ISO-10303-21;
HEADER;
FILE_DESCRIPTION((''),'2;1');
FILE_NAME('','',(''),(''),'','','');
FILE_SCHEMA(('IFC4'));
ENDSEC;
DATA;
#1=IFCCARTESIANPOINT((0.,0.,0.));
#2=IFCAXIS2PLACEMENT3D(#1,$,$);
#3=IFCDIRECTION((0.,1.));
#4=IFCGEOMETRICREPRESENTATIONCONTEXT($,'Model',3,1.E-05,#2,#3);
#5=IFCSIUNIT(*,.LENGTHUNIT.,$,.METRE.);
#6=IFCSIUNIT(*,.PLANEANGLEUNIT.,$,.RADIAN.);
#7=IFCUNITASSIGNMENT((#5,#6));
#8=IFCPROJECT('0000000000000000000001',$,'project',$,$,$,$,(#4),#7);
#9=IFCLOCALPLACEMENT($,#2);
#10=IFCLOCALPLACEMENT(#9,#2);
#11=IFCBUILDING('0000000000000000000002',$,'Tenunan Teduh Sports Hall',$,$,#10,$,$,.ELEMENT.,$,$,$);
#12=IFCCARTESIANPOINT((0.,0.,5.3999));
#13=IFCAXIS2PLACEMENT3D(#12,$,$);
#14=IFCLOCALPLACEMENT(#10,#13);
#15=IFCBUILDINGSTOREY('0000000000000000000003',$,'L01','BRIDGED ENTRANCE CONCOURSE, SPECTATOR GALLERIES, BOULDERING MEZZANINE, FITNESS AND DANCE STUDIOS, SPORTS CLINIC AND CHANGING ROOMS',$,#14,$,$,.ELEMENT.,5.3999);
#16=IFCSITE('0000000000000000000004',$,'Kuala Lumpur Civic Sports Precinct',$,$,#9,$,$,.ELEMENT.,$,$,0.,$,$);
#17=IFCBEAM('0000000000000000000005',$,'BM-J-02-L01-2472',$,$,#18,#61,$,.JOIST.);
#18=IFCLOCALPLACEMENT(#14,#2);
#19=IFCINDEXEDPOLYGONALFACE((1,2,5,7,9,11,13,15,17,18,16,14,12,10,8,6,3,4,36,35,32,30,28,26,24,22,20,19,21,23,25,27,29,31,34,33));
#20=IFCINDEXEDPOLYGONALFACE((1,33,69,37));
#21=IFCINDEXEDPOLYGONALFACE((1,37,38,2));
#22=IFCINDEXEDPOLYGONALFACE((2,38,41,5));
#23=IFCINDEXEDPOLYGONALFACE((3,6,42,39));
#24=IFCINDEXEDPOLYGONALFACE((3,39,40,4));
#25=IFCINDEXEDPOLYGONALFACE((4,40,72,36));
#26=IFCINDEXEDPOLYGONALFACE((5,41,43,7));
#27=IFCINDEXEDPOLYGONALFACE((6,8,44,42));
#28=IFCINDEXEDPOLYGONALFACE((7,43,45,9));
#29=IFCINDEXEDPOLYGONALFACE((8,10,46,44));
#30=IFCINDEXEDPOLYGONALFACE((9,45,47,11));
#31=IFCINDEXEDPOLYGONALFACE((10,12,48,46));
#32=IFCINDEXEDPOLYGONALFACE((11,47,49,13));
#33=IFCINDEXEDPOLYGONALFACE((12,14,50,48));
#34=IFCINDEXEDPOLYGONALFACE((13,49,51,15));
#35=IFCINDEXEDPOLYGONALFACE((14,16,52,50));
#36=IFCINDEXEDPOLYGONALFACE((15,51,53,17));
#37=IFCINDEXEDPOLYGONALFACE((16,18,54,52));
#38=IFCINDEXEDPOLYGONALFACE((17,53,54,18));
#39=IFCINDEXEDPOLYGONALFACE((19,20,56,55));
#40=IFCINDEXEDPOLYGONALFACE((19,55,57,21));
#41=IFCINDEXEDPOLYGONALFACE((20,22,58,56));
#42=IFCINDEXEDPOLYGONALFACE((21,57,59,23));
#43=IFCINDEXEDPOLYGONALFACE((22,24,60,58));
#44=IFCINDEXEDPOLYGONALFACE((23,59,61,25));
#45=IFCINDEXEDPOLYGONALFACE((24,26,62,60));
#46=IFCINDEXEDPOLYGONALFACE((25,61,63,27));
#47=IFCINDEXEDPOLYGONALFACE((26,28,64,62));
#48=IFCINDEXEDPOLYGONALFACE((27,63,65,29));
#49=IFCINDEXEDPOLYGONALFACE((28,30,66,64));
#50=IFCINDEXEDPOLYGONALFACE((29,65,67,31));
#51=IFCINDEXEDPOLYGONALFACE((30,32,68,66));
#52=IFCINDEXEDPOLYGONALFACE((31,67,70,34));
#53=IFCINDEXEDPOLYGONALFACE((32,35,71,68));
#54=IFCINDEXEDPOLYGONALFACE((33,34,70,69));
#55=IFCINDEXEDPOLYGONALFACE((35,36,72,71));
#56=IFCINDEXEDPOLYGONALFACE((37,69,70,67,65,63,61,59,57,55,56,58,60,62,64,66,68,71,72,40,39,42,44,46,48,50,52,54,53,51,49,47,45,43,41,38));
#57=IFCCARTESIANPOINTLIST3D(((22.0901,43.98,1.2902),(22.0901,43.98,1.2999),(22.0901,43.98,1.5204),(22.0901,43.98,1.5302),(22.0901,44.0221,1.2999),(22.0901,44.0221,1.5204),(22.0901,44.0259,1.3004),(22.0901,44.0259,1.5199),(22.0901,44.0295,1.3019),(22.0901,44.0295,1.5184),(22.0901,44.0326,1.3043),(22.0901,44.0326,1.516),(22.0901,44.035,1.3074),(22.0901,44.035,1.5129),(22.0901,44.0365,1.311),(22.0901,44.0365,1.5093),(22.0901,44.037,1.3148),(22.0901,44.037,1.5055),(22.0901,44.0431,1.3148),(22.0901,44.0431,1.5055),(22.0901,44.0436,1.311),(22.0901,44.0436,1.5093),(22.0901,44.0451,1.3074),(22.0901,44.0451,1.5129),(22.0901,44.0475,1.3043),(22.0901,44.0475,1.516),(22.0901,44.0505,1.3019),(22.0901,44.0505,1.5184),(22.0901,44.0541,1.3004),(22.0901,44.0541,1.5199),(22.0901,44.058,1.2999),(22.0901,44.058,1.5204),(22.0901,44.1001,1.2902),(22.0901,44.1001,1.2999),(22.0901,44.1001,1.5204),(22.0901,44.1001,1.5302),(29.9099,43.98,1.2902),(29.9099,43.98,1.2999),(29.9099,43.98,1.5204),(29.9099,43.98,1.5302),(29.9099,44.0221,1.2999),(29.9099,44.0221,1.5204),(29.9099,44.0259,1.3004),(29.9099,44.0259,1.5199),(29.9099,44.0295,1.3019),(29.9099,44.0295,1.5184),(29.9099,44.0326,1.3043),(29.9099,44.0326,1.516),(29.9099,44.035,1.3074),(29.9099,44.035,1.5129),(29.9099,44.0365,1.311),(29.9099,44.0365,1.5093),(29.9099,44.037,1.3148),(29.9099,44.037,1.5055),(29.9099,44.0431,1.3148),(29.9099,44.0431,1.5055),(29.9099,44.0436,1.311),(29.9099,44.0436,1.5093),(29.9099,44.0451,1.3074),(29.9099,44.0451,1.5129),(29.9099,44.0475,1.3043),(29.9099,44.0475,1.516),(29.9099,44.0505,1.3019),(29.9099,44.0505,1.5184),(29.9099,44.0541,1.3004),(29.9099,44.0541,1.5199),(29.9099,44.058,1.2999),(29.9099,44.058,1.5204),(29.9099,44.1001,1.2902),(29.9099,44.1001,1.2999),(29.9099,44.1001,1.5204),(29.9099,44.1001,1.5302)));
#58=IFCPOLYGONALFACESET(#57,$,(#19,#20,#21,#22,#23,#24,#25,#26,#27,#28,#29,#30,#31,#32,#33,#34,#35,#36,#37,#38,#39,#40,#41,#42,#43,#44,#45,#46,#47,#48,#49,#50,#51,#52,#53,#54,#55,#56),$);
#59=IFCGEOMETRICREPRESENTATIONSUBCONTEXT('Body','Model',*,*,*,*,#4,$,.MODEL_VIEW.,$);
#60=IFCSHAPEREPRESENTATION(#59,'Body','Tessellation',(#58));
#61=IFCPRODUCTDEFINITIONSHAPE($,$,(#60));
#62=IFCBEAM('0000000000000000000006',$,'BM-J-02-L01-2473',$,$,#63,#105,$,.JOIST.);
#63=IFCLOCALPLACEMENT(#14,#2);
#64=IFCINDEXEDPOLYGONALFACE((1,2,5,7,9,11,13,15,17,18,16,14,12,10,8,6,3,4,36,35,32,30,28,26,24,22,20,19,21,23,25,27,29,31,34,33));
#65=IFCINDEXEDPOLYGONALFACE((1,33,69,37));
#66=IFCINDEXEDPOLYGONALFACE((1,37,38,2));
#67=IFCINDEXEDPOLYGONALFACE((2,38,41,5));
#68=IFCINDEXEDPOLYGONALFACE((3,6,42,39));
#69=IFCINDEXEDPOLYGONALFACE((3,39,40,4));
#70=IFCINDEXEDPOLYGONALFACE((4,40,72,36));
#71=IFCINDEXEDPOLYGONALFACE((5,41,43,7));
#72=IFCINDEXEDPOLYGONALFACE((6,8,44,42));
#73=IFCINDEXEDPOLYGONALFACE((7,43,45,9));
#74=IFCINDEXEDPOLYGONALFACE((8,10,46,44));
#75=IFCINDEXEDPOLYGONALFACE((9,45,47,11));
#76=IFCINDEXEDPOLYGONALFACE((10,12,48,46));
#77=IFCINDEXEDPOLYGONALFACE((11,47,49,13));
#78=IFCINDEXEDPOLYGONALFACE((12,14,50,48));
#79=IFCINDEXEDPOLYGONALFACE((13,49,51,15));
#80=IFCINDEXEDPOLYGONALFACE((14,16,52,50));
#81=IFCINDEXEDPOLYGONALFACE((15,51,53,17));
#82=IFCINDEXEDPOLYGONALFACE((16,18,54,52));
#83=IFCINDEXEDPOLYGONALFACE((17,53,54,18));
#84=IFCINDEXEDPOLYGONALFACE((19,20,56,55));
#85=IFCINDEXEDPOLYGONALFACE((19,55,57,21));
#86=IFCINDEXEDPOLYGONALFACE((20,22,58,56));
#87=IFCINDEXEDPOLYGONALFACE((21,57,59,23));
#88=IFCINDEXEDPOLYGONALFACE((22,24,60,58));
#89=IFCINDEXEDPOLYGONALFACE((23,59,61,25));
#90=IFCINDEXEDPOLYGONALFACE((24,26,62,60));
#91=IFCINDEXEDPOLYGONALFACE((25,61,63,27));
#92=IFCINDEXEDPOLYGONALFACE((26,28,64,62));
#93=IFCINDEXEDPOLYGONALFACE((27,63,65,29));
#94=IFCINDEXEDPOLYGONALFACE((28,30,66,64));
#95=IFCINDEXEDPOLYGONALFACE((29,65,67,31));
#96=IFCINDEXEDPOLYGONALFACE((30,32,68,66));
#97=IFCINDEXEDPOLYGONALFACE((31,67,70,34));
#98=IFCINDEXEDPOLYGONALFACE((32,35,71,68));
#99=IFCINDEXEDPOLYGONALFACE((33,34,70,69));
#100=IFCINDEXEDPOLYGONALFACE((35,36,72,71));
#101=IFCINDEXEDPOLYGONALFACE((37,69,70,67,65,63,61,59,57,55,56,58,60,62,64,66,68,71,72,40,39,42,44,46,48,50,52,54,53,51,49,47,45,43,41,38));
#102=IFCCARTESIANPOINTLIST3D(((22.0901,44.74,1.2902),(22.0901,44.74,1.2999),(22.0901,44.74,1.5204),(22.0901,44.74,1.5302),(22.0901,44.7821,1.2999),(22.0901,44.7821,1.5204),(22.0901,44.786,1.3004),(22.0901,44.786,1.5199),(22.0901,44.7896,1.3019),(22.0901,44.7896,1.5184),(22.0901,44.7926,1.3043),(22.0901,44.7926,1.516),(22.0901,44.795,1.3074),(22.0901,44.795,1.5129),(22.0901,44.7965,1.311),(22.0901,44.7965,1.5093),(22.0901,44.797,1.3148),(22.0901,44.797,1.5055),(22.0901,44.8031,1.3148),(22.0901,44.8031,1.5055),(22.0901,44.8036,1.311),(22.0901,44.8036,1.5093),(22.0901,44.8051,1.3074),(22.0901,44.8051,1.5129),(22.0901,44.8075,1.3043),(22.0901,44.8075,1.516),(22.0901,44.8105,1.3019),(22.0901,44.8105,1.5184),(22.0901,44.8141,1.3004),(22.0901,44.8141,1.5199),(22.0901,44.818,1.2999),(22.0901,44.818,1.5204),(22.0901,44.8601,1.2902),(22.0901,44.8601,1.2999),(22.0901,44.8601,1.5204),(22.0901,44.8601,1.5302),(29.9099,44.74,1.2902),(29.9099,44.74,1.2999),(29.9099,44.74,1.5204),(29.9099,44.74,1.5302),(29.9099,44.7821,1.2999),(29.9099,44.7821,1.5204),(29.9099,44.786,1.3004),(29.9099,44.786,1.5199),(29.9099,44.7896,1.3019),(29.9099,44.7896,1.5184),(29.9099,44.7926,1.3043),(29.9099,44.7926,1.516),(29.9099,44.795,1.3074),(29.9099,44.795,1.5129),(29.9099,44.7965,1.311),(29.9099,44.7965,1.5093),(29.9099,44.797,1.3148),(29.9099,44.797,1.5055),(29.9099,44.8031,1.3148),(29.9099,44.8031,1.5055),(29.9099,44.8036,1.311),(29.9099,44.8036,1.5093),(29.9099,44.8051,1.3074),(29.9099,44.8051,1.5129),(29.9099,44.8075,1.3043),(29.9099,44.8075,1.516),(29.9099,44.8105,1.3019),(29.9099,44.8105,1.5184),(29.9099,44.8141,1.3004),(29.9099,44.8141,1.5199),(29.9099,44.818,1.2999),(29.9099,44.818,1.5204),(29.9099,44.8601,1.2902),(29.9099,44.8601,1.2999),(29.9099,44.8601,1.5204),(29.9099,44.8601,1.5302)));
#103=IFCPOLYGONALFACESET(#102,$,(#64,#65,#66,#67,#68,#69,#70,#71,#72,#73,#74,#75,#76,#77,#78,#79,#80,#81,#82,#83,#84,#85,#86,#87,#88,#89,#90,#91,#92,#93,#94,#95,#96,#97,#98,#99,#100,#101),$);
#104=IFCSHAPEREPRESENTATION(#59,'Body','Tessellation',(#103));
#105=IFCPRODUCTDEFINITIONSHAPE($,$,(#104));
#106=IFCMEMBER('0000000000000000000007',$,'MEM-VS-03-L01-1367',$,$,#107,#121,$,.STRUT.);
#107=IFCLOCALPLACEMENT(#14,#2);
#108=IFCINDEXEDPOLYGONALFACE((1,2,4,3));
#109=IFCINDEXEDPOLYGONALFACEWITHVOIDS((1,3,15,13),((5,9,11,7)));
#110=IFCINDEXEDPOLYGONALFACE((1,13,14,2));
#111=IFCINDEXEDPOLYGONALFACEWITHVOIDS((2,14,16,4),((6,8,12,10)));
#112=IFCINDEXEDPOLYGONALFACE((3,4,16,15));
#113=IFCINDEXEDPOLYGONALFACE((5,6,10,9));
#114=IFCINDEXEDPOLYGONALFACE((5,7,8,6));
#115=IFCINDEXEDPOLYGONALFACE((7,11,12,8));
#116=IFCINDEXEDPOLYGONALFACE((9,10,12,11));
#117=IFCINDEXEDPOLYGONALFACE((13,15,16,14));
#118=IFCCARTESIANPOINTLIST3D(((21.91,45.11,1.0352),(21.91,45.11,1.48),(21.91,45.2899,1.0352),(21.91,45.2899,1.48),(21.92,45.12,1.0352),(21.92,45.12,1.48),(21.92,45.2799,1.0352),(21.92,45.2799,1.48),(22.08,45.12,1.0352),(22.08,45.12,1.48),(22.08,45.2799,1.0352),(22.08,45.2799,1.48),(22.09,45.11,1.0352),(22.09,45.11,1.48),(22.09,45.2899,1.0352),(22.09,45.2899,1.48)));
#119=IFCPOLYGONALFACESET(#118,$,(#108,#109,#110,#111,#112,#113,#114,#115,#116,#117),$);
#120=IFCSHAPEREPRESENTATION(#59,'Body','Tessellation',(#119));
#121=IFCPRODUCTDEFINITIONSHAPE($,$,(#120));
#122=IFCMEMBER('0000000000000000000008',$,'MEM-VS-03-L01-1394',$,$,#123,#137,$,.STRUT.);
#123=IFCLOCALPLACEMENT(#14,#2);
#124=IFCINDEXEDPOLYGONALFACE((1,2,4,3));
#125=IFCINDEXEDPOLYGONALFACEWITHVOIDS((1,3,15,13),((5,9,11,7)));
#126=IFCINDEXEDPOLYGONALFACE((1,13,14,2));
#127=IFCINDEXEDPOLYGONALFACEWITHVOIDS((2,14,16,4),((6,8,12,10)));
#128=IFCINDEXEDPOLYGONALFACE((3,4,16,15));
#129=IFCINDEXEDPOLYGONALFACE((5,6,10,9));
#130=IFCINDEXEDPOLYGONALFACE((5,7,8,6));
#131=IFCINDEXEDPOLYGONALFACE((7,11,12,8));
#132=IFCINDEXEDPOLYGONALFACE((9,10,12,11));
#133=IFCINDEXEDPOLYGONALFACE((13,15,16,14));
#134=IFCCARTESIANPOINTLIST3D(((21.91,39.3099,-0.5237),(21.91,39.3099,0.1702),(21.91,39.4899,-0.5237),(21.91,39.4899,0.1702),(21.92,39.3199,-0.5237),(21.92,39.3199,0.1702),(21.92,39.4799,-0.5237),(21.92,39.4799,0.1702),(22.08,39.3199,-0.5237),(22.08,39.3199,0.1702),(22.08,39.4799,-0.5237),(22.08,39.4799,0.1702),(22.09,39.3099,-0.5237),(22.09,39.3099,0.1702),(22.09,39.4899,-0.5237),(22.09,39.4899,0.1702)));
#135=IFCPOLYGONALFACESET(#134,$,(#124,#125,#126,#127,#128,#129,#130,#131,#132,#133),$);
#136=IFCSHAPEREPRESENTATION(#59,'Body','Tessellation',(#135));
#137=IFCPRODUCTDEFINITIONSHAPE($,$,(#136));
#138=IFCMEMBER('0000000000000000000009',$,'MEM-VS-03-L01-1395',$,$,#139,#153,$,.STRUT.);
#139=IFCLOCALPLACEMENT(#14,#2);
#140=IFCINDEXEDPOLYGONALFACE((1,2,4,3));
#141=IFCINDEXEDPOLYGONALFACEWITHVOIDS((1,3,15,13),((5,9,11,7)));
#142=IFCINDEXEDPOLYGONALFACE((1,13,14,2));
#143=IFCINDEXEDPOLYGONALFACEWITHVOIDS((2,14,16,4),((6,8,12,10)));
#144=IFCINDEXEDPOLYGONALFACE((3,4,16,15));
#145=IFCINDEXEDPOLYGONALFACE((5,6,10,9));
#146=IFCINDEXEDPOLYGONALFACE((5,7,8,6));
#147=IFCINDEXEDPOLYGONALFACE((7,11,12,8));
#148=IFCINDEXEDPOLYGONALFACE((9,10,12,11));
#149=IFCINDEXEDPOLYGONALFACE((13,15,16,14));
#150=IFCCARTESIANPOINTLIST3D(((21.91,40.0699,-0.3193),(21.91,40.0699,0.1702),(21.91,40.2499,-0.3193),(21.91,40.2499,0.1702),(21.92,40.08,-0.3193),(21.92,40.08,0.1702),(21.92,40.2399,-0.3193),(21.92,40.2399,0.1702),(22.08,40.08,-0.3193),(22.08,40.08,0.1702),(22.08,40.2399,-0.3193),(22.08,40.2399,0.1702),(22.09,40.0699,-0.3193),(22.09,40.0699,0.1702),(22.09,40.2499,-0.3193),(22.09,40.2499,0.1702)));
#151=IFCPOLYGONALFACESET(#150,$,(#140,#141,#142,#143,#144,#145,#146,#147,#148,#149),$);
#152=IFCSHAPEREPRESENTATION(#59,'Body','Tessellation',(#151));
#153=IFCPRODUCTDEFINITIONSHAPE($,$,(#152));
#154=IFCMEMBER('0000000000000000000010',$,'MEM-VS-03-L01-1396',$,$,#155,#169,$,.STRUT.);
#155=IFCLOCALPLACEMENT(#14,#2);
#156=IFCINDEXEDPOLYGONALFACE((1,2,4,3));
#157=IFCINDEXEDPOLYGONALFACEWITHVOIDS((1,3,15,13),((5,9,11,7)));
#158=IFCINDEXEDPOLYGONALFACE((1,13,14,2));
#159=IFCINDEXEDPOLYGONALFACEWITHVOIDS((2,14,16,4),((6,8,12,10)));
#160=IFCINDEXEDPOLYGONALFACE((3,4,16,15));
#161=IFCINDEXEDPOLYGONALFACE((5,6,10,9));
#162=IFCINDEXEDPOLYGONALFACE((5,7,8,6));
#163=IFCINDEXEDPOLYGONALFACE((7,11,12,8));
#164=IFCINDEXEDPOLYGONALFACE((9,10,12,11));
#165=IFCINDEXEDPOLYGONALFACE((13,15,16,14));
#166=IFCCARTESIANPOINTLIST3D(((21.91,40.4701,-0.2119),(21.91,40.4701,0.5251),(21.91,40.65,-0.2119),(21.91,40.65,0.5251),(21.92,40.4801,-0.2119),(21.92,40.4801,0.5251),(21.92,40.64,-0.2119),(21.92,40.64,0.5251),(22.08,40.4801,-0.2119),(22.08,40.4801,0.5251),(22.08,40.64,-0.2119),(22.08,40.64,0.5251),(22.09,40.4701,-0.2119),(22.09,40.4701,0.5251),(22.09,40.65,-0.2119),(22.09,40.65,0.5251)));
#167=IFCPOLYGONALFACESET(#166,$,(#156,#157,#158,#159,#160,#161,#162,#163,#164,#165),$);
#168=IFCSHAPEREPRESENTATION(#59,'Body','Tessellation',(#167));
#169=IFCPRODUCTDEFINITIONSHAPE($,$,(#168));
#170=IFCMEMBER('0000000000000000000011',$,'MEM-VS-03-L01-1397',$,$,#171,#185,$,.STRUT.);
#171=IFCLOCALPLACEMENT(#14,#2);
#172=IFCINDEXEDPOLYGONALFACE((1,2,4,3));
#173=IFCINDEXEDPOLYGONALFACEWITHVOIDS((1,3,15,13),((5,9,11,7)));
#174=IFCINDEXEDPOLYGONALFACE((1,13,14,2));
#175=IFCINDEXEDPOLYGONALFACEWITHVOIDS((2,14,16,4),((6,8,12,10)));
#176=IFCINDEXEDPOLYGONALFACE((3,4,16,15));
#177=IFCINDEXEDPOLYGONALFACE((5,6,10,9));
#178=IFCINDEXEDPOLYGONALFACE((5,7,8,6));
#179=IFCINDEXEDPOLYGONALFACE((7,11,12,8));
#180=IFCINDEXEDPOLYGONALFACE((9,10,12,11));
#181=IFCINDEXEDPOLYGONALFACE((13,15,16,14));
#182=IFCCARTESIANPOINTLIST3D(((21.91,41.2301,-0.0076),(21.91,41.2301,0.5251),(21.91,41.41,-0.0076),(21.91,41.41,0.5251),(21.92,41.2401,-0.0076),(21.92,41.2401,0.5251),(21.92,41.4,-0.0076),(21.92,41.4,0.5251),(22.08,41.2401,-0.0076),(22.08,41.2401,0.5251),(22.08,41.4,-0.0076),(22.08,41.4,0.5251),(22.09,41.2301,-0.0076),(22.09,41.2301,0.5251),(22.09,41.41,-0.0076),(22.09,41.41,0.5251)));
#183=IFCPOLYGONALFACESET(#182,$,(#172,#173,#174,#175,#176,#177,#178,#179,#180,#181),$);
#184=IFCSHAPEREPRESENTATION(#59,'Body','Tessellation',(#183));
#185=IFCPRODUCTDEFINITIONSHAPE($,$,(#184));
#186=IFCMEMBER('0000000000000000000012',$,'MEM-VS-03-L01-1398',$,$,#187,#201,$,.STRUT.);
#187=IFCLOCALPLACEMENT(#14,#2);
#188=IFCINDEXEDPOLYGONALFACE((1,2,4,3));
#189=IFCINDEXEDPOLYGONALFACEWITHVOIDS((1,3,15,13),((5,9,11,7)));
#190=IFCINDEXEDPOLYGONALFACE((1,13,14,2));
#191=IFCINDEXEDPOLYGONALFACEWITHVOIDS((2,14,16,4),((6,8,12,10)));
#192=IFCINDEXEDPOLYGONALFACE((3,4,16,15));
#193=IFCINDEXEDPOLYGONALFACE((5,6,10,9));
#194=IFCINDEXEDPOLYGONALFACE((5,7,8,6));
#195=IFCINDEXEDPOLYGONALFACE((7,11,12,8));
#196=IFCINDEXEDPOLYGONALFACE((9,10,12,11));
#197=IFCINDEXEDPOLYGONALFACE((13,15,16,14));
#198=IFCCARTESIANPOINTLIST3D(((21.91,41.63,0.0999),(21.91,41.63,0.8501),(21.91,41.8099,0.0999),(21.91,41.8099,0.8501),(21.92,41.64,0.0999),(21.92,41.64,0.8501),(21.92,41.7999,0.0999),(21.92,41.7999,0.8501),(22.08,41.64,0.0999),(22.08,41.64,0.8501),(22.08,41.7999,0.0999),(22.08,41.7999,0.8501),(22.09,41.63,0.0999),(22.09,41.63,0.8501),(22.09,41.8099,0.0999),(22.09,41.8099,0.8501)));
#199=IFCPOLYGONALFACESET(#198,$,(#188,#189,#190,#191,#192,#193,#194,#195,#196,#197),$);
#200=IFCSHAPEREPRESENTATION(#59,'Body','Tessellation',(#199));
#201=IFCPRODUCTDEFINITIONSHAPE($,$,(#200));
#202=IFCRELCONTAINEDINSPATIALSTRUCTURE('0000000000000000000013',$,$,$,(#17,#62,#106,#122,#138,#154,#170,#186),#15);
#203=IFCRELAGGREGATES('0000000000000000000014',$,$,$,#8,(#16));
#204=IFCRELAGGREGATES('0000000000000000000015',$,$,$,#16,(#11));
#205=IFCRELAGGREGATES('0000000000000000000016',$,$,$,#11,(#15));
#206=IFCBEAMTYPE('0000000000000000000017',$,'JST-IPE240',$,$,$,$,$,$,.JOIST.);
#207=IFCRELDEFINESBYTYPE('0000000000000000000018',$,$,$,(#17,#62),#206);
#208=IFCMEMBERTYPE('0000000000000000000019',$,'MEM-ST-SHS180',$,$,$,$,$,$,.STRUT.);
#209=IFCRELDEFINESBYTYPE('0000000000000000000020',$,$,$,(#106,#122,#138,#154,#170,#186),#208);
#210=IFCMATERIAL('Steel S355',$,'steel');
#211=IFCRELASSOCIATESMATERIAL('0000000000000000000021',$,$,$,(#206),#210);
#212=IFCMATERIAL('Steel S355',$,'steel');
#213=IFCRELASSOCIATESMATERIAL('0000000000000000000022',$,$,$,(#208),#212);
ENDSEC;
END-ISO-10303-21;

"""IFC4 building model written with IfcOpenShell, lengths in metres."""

from ifc_helpers import new_model, si_unit, direction, frame, origin, origin_2d, place, context, subcontext, project, spatial, hollow_rectangle, i_section, extrude, material, material_profile, profile_set, type_object, element, save


model = new_model("IFC4")

# Units and contexts
model_context = context("Model", 3, precision=1e-05, world=origin(), true_north=direction((0.0, 1.0)))
body_context = subcontext(model_context, "Body", "Model", "MODEL_VIEW")
ifc_project = project(units=[si_unit("LENGTHUNIT", "METRE"), si_unit("PLANEANGLEUNIT", "RADIAN")], contexts=[model_context])

# Site, building, storey
site_placement = place(None, origin())
site = spatial("IfcSite", under=ifc_project, at=site_placement, Name="Kuala Lumpur Civic Sports Precinct", CompositionType="ELEMENT", RefElevation=0.0)
building_placement = place(site_placement, origin())
building = spatial("IfcBuilding", under=site, at=building_placement, Name="Tenunan Teduh Sports Hall", CompositionType="ELEMENT")
storey_placement = place(building_placement, frame((0.0, 0.0, 5.3999)))
storey = spatial("IfcBuildingStorey", under=building, at=storey_placement, Name="L01", Description="BRIDGED ENTRANCE CONCOURSE, SPECTATOR GALLERIES, BOULDERING MEZZANINE, FITNESS AND DANCE STUDIOS, SPORTS CLINIC AND CHANGING ROOMS", CompositionType="ELEMENT", Elevation=5.3999)

# Beams
ifc_material_1 = material(Name="Steel S355", Category="steel")
ifc_material_profile_1 = material_profile(ifc_material_1, i_section(OverallWidth=0.1201, OverallDepth=0.24, WebThickness=0.0061, FlangeThickness=0.0098, FilletRadius=0.0149, at=origin_2d()), Name="IPE 240")
ifc_profile_set_1 = profile_set([ifc_material_profile_1], Name="Steel S355")
beam_type_1 = type_object("IfcBeamType", Name="JST-IPE240", PredefinedType="JOIST", material=ifc_profile_set_1)
for number, where, z_axis, x_axis, name in (
    (1, (22.0901, 44.04, 1.4102), (1.0, 0.0, 0.0), (0.0, 1.0, 0.0), "BM-J-02-L01-2472"),
    (2, (22.0901, 44.8, 1.4102), (1.0, 0.0, 0.0), (0.0, 1.0, 0.0), "BM-J-02-L01-2473"),
):
    element("IfcBeam", number, at=place(storey_placement, frame(where, z_axis=z_axis, x_axis=x_axis)), inside=storey, type_object=beam_type_1, Name=name, PredefinedType="JOIST", context=body_context, shape_type="SweptSolid", body=[
        extrude(i_section(OverallWidth=0.1201, OverallDepth=0.24, WebThickness=0.0061, FlangeThickness=0.0098, FilletRadius=0.0149, at=origin_2d()), origin(), (0.0, 0.0, 1.0), 7.8198),
    ])

# Members
ifc_material_2 = material(Name="Steel S355", Category="steel")
ifc_material_profile_2 = material_profile(ifc_material_2, hollow_rectangle(XDim=0.1799, YDim=0.1799, WallThickness=0.01, at=origin_2d()), Name="SHS 180x180x10.0")
ifc_profile_set_2 = profile_set([ifc_material_profile_2], Name="Steel S355")
member_type = type_object("IfcMemberType", Name="MEM-ST-SHS180", PredefinedType="STRUT", material=ifc_profile_set_2)
member_1_placement = place(storey_placement, frame((22.0, 45.2, 1.0352), z_axis=(0.0, 0.0, 1.0), x_axis=(1.0, 0.0, 0.0)))
element("IfcMember", 3, at=member_1_placement, inside=storey, type_object=member_type, Name="MEM-VS-03-L01-1367", PredefinedType="STRUT", context=body_context, shape_type="SweptSolid", body=[
    extrude(hollow_rectangle(XDim=0.1799, YDim=0.1799, WallThickness=0.01, at=origin_2d()), origin(), (0.0, 0.0, 1.0), 0.4448),
])
member_2_placement = place(storey_placement, frame((22.0, 39.3999, -0.5237), z_axis=(0.0, 0.0, 1.0), x_axis=(1.0, 0.0, 0.0)))
element("IfcMember", 4, at=member_2_placement, inside=storey, type_object=member_type, Name="MEM-VS-03-L01-1394", PredefinedType="STRUT", context=body_context, shape_type="SweptSolid", body=[
    extrude(hollow_rectangle(XDim=0.1799, YDim=0.1799, WallThickness=0.01, at=origin_2d()), origin(), (0.0, 0.0, 1.0), 0.6938),
])
member_3_placement = place(storey_placement, frame((22.0, 40.1599, -0.3193), z_axis=(0.0, 0.0, 1.0), x_axis=(1.0, 0.0, 0.0)))
element("IfcMember", 5, at=member_3_placement, inside=storey, type_object=member_type, Name="MEM-VS-03-L01-1395", PredefinedType="STRUT", context=body_context, shape_type="SweptSolid", body=[
    extrude(hollow_rectangle(XDim=0.1799, YDim=0.1799, WallThickness=0.01, at=origin_2d()), origin(), (0.0, 0.0, 1.0), 0.4895),
])
member_4_placement = place(storey_placement, frame((22.0, 40.5601, -0.2119), z_axis=(0.0, 0.0, 1.0), x_axis=(1.0, 0.0, 0.0)))
element("IfcMember", 6, at=member_4_placement, inside=storey, type_object=member_type, Name="MEM-VS-03-L01-1396", PredefinedType="STRUT", context=body_context, shape_type="SweptSolid", body=[
    extrude(hollow_rectangle(XDim=0.1799, YDim=0.1799, WallThickness=0.01, at=origin_2d()), origin(), (0.0, 0.0, 1.0), 0.7371),
])
member_5_placement = place(storey_placement, frame((22.0, 41.3201, -0.0076), z_axis=(0.0, 0.0, 1.0), x_axis=(1.0, 0.0, 0.0)))
element("IfcMember", 7, at=member_5_placement, inside=storey, type_object=member_type, Name="MEM-VS-03-L01-1397", PredefinedType="STRUT", context=body_context, shape_type="SweptSolid", body=[
    extrude(hollow_rectangle(XDim=0.1799, YDim=0.1799, WallThickness=0.01, at=origin_2d()), origin(), (0.0, 0.0, 1.0), 0.5327),
])
member_6_placement = place(storey_placement, frame((22.0, 41.72, 0.0999), z_axis=(0.0, 0.0, 1.0), x_axis=(1.0, 0.0, 0.0)))
element("IfcMember", 8, at=member_6_placement, inside=storey, type_object=member_type, Name="MEM-VS-03-L01-1398", PredefinedType="STRUT", context=body_context, shape_type="SweptSolid", body=[
    extrude(hollow_rectangle(XDim=0.1799, YDim=0.1799, WallThickness=0.01, at=origin_2d()), origin(), (0.0, 0.0, 1.0), 0.7502),
])

save(model, "model.ifc")
